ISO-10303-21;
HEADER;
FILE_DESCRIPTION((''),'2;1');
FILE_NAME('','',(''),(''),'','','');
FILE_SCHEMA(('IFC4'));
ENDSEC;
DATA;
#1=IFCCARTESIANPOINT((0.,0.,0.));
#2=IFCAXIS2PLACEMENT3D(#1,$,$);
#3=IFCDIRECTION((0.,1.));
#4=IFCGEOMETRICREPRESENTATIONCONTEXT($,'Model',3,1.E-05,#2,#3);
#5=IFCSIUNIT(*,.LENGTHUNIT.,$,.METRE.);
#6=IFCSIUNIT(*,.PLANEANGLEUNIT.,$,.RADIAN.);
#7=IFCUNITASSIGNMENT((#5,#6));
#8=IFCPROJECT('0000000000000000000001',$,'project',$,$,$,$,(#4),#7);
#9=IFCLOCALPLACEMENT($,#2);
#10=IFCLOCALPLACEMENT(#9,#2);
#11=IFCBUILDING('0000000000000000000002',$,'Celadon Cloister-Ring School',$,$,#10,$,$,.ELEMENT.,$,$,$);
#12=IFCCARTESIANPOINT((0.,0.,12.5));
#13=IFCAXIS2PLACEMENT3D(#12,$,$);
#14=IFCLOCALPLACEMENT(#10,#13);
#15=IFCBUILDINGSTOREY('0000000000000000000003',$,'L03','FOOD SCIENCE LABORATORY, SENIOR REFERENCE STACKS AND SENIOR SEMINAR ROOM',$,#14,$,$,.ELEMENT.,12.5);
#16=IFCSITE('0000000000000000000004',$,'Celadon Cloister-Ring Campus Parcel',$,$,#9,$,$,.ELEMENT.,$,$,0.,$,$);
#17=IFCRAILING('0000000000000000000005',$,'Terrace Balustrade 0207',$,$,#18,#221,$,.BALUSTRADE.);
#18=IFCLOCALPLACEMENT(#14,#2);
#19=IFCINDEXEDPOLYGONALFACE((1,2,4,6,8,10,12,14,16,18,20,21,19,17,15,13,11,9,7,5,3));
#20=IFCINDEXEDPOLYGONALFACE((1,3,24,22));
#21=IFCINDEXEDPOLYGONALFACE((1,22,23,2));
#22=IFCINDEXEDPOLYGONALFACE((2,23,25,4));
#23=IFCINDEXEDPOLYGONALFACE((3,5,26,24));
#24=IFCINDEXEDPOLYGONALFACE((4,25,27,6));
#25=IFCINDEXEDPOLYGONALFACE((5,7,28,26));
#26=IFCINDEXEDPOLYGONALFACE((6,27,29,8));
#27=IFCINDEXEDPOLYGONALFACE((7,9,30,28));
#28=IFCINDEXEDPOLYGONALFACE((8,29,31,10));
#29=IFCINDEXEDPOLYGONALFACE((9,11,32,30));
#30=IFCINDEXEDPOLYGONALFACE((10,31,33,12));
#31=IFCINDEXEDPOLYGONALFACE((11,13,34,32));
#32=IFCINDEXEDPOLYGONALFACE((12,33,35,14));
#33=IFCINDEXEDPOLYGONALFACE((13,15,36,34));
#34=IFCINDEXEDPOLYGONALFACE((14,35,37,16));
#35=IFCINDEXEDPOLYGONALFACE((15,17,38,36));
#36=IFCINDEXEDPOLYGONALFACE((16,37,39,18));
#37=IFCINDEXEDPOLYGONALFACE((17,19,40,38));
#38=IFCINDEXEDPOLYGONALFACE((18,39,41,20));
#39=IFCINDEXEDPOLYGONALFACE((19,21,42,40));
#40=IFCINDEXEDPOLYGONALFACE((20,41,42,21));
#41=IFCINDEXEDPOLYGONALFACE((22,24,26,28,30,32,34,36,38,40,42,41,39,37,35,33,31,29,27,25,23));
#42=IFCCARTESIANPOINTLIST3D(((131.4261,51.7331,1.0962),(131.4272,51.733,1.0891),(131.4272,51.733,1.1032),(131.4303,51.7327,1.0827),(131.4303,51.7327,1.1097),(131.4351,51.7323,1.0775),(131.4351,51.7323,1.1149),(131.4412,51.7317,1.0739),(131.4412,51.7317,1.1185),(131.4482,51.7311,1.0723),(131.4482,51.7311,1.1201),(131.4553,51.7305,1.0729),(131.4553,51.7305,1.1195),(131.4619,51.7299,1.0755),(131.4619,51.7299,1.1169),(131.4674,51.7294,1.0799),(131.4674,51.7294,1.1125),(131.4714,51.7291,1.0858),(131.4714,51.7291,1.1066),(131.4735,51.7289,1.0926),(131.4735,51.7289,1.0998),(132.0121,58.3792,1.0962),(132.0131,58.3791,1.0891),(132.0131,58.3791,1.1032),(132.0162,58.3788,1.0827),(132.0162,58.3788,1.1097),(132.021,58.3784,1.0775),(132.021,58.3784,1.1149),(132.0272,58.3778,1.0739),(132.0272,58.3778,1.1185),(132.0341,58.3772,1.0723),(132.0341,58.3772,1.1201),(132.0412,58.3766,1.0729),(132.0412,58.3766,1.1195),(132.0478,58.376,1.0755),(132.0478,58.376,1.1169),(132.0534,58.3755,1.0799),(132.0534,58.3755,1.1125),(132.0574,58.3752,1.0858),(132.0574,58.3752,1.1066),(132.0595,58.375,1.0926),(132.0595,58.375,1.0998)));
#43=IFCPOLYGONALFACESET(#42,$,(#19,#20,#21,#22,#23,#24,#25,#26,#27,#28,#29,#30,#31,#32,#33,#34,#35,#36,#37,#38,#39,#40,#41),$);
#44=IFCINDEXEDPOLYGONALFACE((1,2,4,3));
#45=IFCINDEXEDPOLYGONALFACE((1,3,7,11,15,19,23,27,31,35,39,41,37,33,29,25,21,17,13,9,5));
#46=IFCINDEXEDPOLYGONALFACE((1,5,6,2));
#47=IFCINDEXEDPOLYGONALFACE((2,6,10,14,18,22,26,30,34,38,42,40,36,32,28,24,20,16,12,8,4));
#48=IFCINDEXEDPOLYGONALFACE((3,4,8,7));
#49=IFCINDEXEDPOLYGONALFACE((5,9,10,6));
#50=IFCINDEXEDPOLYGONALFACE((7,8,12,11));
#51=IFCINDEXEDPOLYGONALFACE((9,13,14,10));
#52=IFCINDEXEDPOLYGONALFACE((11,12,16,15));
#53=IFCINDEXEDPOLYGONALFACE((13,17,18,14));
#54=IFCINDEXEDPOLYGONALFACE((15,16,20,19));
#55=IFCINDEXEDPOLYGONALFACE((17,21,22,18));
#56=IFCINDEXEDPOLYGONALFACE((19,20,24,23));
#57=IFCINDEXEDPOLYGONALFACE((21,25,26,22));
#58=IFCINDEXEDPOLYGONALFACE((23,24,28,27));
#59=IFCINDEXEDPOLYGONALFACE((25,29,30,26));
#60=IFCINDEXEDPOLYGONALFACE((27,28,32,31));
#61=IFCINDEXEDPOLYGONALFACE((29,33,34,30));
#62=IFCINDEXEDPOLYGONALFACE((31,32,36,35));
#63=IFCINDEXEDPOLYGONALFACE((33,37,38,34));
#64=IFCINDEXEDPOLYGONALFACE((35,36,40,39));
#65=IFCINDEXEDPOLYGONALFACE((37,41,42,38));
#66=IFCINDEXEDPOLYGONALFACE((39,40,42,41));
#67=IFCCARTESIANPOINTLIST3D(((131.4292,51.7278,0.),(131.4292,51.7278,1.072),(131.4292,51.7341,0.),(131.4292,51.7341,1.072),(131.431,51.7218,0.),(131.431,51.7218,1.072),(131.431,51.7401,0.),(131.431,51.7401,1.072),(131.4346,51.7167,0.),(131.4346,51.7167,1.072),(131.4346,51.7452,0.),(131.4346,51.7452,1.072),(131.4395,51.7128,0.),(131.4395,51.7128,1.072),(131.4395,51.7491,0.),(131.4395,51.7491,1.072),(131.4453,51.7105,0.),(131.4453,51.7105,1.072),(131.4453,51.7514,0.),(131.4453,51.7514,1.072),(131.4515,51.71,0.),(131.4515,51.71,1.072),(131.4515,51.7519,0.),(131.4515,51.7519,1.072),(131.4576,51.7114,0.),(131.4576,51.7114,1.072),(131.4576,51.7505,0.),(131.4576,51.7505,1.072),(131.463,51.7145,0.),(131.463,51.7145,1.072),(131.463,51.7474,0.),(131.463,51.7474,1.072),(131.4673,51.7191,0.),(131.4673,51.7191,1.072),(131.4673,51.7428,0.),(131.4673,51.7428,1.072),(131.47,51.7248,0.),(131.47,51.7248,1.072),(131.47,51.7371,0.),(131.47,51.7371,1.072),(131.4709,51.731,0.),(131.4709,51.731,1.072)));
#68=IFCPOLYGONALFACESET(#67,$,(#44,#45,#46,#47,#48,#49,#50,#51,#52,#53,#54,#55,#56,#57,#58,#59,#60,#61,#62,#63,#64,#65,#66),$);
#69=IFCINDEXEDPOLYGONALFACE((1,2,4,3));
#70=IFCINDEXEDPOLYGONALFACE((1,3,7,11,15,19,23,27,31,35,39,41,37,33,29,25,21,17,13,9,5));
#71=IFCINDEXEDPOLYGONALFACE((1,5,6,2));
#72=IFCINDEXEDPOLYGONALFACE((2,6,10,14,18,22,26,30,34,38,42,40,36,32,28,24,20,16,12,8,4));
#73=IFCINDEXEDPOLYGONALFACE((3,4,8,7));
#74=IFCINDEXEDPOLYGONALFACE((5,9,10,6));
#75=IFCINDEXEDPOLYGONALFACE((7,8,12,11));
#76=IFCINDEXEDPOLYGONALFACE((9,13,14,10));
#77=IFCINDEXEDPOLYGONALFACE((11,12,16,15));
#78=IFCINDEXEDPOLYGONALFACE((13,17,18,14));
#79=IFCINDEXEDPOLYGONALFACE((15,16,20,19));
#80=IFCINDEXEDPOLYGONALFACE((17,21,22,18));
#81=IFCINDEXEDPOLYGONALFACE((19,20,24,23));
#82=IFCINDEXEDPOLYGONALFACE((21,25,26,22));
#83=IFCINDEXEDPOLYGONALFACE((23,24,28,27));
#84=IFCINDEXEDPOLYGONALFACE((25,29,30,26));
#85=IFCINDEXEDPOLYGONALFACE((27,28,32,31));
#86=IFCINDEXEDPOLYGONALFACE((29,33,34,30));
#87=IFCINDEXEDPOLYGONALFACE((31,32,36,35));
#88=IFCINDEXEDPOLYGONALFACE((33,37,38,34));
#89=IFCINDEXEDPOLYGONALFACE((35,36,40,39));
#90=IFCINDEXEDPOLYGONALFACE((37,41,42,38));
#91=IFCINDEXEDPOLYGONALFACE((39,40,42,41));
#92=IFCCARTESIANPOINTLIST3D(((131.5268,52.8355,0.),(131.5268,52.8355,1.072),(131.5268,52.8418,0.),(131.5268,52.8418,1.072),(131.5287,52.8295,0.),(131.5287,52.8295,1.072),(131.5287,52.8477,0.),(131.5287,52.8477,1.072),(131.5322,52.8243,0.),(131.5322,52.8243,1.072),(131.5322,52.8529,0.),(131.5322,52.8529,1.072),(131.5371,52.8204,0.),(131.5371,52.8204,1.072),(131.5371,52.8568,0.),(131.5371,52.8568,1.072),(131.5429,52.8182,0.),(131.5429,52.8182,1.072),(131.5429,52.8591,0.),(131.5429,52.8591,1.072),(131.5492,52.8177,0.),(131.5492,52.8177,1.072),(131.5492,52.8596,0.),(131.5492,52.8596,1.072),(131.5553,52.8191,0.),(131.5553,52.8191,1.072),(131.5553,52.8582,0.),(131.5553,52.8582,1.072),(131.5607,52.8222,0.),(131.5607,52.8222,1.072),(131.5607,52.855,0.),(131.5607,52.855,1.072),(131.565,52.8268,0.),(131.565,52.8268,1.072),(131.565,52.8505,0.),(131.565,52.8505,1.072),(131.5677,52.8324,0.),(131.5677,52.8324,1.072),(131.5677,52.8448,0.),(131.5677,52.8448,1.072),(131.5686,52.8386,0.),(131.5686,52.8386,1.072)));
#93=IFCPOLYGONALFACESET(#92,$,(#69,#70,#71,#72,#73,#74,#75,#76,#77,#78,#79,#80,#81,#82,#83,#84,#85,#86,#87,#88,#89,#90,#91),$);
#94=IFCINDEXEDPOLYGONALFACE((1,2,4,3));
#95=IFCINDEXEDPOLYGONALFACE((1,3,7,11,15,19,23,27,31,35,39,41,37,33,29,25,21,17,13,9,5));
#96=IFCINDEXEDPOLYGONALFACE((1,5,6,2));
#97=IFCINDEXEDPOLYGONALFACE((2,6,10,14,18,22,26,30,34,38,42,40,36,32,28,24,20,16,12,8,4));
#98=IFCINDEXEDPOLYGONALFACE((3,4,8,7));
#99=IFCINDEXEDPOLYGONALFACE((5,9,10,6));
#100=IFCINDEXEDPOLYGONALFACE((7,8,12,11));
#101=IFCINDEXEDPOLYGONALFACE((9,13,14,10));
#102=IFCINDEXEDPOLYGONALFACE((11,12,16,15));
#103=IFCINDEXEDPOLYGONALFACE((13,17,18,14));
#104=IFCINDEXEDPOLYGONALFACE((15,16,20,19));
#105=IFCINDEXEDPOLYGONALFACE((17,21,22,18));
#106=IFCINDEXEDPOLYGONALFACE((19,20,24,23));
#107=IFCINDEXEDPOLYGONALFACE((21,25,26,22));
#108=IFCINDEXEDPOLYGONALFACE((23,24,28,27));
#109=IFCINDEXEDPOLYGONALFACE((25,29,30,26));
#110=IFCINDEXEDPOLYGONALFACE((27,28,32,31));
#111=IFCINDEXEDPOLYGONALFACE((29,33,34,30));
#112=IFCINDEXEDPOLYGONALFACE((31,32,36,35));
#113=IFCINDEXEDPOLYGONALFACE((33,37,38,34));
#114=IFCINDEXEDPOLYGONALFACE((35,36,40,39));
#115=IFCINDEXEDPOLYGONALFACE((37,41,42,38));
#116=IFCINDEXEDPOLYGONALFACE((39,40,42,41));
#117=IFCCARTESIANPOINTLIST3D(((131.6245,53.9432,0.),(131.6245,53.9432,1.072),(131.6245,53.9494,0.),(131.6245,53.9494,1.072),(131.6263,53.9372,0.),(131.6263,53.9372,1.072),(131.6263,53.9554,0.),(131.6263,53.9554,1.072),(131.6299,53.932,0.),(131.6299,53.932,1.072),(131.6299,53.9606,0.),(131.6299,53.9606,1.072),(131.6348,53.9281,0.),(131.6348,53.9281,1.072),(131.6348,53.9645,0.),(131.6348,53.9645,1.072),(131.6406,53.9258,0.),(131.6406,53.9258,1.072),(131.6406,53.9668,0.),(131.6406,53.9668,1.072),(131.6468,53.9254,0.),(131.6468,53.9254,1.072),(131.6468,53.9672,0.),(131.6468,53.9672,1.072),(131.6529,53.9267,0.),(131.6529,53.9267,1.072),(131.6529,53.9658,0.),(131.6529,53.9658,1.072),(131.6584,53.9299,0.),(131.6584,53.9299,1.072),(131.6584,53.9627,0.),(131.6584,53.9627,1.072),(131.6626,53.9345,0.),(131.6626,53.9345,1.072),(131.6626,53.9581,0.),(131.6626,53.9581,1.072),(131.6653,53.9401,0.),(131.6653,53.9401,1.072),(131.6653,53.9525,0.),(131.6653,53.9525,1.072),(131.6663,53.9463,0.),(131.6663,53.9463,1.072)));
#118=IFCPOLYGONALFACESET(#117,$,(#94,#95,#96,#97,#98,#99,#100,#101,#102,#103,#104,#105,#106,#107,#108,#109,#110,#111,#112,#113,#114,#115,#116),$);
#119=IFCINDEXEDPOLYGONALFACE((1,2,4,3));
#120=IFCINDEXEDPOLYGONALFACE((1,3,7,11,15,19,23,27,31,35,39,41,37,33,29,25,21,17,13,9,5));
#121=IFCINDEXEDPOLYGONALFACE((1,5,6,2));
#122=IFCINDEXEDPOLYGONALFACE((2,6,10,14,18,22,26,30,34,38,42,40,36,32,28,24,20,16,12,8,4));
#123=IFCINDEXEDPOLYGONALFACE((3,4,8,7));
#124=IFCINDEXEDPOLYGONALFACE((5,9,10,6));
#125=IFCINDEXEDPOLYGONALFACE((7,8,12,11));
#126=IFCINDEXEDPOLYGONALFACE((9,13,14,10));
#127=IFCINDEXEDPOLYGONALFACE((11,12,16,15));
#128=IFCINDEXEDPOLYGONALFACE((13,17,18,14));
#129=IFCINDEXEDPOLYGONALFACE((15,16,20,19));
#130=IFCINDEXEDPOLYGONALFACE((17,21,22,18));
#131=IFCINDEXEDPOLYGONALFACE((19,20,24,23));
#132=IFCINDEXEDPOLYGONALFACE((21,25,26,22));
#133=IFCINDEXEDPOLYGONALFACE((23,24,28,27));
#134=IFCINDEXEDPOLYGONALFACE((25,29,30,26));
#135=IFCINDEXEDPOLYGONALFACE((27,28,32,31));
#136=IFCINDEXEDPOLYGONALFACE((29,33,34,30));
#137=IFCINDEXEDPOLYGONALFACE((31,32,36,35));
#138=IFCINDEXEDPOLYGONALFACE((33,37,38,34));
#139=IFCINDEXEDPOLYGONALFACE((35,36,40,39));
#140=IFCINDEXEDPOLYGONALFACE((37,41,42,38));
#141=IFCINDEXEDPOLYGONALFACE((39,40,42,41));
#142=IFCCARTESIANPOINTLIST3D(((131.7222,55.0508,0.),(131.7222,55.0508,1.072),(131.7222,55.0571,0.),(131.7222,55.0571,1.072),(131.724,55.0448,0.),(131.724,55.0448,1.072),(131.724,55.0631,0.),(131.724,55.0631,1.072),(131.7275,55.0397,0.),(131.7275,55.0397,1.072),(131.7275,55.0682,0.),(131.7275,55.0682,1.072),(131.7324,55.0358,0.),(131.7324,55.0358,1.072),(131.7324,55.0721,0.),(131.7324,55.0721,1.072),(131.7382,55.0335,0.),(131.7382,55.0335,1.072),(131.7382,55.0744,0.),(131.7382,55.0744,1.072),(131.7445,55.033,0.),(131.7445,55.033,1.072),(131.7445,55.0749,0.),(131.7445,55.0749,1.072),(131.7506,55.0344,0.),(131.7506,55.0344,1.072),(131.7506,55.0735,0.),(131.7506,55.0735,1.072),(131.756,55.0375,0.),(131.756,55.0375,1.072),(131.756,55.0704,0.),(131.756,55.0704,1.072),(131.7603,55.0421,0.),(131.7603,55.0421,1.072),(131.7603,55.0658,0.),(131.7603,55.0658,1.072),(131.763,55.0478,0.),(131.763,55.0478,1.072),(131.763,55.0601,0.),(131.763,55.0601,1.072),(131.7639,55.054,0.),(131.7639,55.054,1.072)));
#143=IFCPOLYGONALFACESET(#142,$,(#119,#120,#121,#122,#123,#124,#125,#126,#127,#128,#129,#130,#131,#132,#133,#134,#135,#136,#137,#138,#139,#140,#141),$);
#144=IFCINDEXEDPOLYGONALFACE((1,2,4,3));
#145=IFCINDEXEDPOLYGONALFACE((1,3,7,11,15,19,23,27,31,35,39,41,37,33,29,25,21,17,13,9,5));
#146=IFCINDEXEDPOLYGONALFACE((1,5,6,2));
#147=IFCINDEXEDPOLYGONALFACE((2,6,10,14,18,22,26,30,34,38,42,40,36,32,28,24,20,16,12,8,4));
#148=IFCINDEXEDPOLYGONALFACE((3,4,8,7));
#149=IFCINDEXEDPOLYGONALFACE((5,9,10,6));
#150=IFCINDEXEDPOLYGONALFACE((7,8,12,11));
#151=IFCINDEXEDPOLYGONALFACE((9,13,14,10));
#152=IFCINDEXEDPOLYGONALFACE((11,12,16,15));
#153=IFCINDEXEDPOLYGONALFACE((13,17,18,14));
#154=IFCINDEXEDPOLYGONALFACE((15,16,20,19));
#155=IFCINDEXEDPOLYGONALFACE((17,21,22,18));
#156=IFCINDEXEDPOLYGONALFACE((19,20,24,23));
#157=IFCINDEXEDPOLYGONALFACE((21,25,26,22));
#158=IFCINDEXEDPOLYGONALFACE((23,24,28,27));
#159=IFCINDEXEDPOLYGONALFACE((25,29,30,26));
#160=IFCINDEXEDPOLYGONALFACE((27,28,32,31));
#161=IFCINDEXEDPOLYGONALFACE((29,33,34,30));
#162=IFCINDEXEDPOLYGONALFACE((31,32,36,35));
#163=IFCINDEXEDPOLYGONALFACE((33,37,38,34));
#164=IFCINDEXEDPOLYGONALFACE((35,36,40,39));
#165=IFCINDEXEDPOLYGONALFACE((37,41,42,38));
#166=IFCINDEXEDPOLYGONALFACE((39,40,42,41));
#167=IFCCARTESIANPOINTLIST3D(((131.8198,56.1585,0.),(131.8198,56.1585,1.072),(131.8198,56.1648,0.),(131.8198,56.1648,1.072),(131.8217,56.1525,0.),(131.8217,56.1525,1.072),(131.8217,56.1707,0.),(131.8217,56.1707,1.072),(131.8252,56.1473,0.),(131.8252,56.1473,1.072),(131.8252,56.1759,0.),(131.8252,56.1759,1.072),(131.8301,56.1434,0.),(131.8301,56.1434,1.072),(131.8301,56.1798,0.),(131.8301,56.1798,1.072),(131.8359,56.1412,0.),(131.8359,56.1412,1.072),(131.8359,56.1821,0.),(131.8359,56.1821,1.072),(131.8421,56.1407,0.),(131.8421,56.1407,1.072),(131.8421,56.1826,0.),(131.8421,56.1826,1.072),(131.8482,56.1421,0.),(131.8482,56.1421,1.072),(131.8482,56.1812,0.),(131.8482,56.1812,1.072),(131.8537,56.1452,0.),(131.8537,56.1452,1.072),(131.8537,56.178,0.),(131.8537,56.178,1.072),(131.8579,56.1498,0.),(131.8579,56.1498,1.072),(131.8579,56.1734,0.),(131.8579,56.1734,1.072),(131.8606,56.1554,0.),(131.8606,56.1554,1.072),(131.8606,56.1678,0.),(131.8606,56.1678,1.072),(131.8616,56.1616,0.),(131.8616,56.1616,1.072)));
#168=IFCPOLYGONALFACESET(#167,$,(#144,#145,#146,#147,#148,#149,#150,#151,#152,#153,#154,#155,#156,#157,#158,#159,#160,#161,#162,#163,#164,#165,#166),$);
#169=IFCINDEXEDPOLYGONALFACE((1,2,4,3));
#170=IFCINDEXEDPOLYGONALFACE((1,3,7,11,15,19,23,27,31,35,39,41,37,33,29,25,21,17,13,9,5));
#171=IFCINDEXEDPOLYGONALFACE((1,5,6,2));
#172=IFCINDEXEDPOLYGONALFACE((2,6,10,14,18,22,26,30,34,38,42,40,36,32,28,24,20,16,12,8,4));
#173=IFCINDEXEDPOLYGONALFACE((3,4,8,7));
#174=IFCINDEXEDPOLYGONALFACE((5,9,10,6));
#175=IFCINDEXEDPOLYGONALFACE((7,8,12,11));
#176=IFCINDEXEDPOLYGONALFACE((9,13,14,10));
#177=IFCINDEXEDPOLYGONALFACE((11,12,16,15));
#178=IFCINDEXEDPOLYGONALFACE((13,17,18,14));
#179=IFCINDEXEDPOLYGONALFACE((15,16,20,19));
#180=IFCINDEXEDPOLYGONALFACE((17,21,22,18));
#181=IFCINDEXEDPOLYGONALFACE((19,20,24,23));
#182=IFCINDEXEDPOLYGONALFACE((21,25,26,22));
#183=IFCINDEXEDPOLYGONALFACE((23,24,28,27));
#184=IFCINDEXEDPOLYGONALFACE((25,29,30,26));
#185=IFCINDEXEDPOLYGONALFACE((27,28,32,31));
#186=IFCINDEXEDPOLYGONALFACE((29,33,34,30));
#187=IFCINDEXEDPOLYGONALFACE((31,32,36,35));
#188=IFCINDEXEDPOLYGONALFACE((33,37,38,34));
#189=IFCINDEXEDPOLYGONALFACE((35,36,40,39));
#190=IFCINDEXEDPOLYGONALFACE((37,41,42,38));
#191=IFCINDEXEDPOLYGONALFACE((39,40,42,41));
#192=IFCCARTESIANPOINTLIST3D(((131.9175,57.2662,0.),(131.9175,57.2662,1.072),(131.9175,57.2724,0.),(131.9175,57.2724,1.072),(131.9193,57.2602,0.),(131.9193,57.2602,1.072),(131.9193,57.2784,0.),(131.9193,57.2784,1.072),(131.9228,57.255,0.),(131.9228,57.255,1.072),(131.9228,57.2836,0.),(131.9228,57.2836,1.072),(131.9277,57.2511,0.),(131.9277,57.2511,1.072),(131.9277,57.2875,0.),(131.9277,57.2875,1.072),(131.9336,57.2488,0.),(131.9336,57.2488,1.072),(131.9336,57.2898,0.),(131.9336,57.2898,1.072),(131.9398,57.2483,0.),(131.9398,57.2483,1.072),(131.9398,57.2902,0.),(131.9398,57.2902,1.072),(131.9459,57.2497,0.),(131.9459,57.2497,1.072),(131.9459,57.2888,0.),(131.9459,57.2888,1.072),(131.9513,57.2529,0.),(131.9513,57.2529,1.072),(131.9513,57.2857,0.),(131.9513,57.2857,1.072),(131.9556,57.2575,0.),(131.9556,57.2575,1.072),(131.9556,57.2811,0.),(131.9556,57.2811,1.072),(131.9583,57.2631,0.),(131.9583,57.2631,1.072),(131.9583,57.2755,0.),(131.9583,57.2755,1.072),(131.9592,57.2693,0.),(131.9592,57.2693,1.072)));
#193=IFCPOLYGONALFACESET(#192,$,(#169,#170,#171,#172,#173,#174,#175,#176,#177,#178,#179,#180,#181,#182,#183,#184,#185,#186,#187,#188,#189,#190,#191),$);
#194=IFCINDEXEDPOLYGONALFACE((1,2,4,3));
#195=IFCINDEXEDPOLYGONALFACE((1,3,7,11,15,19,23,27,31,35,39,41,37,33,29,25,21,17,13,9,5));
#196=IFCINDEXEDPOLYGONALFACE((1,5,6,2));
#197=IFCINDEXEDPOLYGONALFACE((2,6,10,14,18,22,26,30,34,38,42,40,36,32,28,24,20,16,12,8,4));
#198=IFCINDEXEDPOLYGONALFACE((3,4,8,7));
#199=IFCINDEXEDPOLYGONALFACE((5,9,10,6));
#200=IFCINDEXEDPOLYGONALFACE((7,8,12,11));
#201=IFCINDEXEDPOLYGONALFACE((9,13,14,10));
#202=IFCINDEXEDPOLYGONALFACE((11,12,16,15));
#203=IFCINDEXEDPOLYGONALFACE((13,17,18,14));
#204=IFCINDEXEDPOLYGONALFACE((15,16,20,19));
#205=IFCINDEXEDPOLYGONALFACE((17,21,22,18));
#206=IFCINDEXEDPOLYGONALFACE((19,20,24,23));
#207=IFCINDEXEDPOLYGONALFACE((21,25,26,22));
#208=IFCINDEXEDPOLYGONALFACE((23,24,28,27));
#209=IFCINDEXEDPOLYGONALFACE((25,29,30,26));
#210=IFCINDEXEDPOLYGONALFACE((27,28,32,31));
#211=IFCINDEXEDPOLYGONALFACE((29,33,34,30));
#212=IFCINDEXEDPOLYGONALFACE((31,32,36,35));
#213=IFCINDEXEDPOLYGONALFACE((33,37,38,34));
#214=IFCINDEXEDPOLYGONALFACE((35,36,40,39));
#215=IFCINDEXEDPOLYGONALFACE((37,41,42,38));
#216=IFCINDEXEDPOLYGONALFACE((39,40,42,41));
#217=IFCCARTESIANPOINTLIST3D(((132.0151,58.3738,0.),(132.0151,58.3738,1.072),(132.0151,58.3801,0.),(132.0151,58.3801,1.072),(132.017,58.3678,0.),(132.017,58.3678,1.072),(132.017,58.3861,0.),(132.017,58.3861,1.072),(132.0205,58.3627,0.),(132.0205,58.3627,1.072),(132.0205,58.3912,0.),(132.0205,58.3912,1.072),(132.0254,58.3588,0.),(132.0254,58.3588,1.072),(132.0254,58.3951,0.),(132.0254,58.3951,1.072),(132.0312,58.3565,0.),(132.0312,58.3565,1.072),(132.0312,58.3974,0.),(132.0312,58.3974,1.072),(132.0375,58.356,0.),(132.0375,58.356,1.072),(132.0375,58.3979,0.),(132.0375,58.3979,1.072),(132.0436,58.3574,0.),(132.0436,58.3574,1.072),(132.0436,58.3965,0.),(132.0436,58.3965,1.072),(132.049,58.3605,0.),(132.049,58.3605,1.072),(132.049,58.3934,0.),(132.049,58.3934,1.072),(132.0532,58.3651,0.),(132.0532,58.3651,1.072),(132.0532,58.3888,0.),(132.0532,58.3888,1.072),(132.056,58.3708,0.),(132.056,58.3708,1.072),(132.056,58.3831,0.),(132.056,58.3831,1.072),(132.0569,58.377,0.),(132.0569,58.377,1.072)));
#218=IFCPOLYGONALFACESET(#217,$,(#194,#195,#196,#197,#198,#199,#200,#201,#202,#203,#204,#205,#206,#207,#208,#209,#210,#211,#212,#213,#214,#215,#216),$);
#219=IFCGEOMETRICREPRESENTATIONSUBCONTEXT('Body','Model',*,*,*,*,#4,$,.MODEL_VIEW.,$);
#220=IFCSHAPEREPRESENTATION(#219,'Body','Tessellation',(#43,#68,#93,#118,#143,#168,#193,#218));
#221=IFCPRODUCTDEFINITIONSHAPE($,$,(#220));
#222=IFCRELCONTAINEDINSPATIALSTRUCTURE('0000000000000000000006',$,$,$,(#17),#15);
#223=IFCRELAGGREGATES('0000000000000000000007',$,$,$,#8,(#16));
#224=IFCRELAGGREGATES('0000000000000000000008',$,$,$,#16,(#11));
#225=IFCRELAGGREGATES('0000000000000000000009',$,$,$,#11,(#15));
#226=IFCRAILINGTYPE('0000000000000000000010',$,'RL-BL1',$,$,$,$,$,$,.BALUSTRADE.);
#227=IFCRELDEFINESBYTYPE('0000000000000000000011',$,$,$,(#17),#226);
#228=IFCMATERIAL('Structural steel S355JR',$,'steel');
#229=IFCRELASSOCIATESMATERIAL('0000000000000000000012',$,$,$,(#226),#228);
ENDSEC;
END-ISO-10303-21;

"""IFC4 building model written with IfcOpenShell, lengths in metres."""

from ifc_helpers import new_model, si_unit, direction, frame, origin, origin_2d, place, context, subcontext, project, spatial, circle, extrude, material, type_object, element, save


model = new_model("IFC4")

# Units and contexts
model_context = context("Model", 3, precision=1e-05, world=origin(), true_north=direction((0.0, 1.0)))
body_context = subcontext(model_context, "Body", "Model", "MODEL_VIEW")
ifc_project = project(units=[si_unit("LENGTHUNIT", "METRE"), si_unit("PLANEANGLEUNIT", "RADIAN")], contexts=[model_context])

# Site, building, storey
site_placement = place(None, origin())
site = spatial("IfcSite", under=ifc_project, at=site_placement, Name="Celadon Cloister-Ring Campus Parcel", CompositionType="ELEMENT", RefElevation=0.0)
building_placement = place(site_placement, origin())
building = spatial("IfcBuilding", under=site, at=building_placement, Name="Celadon Cloister-Ring School", CompositionType="ELEMENT")
storey_placement = place(building_placement, frame((0.0, 0.0, 12.5)))
storey = spatial("IfcBuildingStorey", under=building, at=storey_placement, Name="L03", Description="FOOD SCIENCE LABORATORY, SENIOR REFERENCE STACKS AND SENIOR SEMINAR ROOM", CompositionType="ELEMENT", Elevation=12.5)

# Railing
ifc_material_1 = material(Name="Structural steel S355JR", Category="steel")
railing_type = type_object("IfcRailingType", Name="RL-BL1", PredefinedType="BALUSTRADE", material=ifc_material_1)
railing_1_placement = place(storey_placement, frame((131.45, 51.731, 0.0)))
element("IfcRailing", 1, at=railing_1_placement, inside=storey, type_object=railing_type, Name="Terrace Balustrade 0207", PredefinedType="BALUSTRADE", context=body_context, shape_type="SweptSolid", body=[
    extrude(circle(Radius=0.0239, at=origin_2d()), frame((0.0, 0.0, 1.0962), z_axis=(0.087823, 0.996136, 0.0), x_axis=(-0.996136, 0.087823, 0.0)), (0.0, 0.0, 1.0), 6.6719),
    extrude(circle(Radius=0.021, at=origin_2d()), origin(), (0.0, 0.0, 1.0), 1.072),
    extrude(circle(Radius=0.021, at=origin_2d()), frame((0.0977, 1.1077, 0.0)), (0.0, 0.0, 1.0), 1.072),
    extrude(circle(Radius=0.021, at=origin_2d()), frame((0.1953, 2.2153, 0.0)), (0.0, 0.0, 1.0), 1.072),
    extrude(circle(Radius=0.021, at=origin_2d()), frame((0.293, 3.323, 0.0)), (0.0, 0.0, 1.0), 1.072),
    extrude(circle(Radius=0.021, at=origin_2d()), frame((0.3906, 4.4307, 0.0)), (0.0, 0.0, 1.0), 1.072),
    extrude(circle(Radius=0.021, at=origin_2d()), frame((0.4883, 5.5383, 0.0)), (0.0, 0.0, 1.0), 1.072),
    extrude(circle(Radius=0.021, at=origin_2d()), frame((0.5859, 6.646, 0.0)), (0.0, 0.0, 1.0), 1.072),
])

save(model, "model.ifc")
